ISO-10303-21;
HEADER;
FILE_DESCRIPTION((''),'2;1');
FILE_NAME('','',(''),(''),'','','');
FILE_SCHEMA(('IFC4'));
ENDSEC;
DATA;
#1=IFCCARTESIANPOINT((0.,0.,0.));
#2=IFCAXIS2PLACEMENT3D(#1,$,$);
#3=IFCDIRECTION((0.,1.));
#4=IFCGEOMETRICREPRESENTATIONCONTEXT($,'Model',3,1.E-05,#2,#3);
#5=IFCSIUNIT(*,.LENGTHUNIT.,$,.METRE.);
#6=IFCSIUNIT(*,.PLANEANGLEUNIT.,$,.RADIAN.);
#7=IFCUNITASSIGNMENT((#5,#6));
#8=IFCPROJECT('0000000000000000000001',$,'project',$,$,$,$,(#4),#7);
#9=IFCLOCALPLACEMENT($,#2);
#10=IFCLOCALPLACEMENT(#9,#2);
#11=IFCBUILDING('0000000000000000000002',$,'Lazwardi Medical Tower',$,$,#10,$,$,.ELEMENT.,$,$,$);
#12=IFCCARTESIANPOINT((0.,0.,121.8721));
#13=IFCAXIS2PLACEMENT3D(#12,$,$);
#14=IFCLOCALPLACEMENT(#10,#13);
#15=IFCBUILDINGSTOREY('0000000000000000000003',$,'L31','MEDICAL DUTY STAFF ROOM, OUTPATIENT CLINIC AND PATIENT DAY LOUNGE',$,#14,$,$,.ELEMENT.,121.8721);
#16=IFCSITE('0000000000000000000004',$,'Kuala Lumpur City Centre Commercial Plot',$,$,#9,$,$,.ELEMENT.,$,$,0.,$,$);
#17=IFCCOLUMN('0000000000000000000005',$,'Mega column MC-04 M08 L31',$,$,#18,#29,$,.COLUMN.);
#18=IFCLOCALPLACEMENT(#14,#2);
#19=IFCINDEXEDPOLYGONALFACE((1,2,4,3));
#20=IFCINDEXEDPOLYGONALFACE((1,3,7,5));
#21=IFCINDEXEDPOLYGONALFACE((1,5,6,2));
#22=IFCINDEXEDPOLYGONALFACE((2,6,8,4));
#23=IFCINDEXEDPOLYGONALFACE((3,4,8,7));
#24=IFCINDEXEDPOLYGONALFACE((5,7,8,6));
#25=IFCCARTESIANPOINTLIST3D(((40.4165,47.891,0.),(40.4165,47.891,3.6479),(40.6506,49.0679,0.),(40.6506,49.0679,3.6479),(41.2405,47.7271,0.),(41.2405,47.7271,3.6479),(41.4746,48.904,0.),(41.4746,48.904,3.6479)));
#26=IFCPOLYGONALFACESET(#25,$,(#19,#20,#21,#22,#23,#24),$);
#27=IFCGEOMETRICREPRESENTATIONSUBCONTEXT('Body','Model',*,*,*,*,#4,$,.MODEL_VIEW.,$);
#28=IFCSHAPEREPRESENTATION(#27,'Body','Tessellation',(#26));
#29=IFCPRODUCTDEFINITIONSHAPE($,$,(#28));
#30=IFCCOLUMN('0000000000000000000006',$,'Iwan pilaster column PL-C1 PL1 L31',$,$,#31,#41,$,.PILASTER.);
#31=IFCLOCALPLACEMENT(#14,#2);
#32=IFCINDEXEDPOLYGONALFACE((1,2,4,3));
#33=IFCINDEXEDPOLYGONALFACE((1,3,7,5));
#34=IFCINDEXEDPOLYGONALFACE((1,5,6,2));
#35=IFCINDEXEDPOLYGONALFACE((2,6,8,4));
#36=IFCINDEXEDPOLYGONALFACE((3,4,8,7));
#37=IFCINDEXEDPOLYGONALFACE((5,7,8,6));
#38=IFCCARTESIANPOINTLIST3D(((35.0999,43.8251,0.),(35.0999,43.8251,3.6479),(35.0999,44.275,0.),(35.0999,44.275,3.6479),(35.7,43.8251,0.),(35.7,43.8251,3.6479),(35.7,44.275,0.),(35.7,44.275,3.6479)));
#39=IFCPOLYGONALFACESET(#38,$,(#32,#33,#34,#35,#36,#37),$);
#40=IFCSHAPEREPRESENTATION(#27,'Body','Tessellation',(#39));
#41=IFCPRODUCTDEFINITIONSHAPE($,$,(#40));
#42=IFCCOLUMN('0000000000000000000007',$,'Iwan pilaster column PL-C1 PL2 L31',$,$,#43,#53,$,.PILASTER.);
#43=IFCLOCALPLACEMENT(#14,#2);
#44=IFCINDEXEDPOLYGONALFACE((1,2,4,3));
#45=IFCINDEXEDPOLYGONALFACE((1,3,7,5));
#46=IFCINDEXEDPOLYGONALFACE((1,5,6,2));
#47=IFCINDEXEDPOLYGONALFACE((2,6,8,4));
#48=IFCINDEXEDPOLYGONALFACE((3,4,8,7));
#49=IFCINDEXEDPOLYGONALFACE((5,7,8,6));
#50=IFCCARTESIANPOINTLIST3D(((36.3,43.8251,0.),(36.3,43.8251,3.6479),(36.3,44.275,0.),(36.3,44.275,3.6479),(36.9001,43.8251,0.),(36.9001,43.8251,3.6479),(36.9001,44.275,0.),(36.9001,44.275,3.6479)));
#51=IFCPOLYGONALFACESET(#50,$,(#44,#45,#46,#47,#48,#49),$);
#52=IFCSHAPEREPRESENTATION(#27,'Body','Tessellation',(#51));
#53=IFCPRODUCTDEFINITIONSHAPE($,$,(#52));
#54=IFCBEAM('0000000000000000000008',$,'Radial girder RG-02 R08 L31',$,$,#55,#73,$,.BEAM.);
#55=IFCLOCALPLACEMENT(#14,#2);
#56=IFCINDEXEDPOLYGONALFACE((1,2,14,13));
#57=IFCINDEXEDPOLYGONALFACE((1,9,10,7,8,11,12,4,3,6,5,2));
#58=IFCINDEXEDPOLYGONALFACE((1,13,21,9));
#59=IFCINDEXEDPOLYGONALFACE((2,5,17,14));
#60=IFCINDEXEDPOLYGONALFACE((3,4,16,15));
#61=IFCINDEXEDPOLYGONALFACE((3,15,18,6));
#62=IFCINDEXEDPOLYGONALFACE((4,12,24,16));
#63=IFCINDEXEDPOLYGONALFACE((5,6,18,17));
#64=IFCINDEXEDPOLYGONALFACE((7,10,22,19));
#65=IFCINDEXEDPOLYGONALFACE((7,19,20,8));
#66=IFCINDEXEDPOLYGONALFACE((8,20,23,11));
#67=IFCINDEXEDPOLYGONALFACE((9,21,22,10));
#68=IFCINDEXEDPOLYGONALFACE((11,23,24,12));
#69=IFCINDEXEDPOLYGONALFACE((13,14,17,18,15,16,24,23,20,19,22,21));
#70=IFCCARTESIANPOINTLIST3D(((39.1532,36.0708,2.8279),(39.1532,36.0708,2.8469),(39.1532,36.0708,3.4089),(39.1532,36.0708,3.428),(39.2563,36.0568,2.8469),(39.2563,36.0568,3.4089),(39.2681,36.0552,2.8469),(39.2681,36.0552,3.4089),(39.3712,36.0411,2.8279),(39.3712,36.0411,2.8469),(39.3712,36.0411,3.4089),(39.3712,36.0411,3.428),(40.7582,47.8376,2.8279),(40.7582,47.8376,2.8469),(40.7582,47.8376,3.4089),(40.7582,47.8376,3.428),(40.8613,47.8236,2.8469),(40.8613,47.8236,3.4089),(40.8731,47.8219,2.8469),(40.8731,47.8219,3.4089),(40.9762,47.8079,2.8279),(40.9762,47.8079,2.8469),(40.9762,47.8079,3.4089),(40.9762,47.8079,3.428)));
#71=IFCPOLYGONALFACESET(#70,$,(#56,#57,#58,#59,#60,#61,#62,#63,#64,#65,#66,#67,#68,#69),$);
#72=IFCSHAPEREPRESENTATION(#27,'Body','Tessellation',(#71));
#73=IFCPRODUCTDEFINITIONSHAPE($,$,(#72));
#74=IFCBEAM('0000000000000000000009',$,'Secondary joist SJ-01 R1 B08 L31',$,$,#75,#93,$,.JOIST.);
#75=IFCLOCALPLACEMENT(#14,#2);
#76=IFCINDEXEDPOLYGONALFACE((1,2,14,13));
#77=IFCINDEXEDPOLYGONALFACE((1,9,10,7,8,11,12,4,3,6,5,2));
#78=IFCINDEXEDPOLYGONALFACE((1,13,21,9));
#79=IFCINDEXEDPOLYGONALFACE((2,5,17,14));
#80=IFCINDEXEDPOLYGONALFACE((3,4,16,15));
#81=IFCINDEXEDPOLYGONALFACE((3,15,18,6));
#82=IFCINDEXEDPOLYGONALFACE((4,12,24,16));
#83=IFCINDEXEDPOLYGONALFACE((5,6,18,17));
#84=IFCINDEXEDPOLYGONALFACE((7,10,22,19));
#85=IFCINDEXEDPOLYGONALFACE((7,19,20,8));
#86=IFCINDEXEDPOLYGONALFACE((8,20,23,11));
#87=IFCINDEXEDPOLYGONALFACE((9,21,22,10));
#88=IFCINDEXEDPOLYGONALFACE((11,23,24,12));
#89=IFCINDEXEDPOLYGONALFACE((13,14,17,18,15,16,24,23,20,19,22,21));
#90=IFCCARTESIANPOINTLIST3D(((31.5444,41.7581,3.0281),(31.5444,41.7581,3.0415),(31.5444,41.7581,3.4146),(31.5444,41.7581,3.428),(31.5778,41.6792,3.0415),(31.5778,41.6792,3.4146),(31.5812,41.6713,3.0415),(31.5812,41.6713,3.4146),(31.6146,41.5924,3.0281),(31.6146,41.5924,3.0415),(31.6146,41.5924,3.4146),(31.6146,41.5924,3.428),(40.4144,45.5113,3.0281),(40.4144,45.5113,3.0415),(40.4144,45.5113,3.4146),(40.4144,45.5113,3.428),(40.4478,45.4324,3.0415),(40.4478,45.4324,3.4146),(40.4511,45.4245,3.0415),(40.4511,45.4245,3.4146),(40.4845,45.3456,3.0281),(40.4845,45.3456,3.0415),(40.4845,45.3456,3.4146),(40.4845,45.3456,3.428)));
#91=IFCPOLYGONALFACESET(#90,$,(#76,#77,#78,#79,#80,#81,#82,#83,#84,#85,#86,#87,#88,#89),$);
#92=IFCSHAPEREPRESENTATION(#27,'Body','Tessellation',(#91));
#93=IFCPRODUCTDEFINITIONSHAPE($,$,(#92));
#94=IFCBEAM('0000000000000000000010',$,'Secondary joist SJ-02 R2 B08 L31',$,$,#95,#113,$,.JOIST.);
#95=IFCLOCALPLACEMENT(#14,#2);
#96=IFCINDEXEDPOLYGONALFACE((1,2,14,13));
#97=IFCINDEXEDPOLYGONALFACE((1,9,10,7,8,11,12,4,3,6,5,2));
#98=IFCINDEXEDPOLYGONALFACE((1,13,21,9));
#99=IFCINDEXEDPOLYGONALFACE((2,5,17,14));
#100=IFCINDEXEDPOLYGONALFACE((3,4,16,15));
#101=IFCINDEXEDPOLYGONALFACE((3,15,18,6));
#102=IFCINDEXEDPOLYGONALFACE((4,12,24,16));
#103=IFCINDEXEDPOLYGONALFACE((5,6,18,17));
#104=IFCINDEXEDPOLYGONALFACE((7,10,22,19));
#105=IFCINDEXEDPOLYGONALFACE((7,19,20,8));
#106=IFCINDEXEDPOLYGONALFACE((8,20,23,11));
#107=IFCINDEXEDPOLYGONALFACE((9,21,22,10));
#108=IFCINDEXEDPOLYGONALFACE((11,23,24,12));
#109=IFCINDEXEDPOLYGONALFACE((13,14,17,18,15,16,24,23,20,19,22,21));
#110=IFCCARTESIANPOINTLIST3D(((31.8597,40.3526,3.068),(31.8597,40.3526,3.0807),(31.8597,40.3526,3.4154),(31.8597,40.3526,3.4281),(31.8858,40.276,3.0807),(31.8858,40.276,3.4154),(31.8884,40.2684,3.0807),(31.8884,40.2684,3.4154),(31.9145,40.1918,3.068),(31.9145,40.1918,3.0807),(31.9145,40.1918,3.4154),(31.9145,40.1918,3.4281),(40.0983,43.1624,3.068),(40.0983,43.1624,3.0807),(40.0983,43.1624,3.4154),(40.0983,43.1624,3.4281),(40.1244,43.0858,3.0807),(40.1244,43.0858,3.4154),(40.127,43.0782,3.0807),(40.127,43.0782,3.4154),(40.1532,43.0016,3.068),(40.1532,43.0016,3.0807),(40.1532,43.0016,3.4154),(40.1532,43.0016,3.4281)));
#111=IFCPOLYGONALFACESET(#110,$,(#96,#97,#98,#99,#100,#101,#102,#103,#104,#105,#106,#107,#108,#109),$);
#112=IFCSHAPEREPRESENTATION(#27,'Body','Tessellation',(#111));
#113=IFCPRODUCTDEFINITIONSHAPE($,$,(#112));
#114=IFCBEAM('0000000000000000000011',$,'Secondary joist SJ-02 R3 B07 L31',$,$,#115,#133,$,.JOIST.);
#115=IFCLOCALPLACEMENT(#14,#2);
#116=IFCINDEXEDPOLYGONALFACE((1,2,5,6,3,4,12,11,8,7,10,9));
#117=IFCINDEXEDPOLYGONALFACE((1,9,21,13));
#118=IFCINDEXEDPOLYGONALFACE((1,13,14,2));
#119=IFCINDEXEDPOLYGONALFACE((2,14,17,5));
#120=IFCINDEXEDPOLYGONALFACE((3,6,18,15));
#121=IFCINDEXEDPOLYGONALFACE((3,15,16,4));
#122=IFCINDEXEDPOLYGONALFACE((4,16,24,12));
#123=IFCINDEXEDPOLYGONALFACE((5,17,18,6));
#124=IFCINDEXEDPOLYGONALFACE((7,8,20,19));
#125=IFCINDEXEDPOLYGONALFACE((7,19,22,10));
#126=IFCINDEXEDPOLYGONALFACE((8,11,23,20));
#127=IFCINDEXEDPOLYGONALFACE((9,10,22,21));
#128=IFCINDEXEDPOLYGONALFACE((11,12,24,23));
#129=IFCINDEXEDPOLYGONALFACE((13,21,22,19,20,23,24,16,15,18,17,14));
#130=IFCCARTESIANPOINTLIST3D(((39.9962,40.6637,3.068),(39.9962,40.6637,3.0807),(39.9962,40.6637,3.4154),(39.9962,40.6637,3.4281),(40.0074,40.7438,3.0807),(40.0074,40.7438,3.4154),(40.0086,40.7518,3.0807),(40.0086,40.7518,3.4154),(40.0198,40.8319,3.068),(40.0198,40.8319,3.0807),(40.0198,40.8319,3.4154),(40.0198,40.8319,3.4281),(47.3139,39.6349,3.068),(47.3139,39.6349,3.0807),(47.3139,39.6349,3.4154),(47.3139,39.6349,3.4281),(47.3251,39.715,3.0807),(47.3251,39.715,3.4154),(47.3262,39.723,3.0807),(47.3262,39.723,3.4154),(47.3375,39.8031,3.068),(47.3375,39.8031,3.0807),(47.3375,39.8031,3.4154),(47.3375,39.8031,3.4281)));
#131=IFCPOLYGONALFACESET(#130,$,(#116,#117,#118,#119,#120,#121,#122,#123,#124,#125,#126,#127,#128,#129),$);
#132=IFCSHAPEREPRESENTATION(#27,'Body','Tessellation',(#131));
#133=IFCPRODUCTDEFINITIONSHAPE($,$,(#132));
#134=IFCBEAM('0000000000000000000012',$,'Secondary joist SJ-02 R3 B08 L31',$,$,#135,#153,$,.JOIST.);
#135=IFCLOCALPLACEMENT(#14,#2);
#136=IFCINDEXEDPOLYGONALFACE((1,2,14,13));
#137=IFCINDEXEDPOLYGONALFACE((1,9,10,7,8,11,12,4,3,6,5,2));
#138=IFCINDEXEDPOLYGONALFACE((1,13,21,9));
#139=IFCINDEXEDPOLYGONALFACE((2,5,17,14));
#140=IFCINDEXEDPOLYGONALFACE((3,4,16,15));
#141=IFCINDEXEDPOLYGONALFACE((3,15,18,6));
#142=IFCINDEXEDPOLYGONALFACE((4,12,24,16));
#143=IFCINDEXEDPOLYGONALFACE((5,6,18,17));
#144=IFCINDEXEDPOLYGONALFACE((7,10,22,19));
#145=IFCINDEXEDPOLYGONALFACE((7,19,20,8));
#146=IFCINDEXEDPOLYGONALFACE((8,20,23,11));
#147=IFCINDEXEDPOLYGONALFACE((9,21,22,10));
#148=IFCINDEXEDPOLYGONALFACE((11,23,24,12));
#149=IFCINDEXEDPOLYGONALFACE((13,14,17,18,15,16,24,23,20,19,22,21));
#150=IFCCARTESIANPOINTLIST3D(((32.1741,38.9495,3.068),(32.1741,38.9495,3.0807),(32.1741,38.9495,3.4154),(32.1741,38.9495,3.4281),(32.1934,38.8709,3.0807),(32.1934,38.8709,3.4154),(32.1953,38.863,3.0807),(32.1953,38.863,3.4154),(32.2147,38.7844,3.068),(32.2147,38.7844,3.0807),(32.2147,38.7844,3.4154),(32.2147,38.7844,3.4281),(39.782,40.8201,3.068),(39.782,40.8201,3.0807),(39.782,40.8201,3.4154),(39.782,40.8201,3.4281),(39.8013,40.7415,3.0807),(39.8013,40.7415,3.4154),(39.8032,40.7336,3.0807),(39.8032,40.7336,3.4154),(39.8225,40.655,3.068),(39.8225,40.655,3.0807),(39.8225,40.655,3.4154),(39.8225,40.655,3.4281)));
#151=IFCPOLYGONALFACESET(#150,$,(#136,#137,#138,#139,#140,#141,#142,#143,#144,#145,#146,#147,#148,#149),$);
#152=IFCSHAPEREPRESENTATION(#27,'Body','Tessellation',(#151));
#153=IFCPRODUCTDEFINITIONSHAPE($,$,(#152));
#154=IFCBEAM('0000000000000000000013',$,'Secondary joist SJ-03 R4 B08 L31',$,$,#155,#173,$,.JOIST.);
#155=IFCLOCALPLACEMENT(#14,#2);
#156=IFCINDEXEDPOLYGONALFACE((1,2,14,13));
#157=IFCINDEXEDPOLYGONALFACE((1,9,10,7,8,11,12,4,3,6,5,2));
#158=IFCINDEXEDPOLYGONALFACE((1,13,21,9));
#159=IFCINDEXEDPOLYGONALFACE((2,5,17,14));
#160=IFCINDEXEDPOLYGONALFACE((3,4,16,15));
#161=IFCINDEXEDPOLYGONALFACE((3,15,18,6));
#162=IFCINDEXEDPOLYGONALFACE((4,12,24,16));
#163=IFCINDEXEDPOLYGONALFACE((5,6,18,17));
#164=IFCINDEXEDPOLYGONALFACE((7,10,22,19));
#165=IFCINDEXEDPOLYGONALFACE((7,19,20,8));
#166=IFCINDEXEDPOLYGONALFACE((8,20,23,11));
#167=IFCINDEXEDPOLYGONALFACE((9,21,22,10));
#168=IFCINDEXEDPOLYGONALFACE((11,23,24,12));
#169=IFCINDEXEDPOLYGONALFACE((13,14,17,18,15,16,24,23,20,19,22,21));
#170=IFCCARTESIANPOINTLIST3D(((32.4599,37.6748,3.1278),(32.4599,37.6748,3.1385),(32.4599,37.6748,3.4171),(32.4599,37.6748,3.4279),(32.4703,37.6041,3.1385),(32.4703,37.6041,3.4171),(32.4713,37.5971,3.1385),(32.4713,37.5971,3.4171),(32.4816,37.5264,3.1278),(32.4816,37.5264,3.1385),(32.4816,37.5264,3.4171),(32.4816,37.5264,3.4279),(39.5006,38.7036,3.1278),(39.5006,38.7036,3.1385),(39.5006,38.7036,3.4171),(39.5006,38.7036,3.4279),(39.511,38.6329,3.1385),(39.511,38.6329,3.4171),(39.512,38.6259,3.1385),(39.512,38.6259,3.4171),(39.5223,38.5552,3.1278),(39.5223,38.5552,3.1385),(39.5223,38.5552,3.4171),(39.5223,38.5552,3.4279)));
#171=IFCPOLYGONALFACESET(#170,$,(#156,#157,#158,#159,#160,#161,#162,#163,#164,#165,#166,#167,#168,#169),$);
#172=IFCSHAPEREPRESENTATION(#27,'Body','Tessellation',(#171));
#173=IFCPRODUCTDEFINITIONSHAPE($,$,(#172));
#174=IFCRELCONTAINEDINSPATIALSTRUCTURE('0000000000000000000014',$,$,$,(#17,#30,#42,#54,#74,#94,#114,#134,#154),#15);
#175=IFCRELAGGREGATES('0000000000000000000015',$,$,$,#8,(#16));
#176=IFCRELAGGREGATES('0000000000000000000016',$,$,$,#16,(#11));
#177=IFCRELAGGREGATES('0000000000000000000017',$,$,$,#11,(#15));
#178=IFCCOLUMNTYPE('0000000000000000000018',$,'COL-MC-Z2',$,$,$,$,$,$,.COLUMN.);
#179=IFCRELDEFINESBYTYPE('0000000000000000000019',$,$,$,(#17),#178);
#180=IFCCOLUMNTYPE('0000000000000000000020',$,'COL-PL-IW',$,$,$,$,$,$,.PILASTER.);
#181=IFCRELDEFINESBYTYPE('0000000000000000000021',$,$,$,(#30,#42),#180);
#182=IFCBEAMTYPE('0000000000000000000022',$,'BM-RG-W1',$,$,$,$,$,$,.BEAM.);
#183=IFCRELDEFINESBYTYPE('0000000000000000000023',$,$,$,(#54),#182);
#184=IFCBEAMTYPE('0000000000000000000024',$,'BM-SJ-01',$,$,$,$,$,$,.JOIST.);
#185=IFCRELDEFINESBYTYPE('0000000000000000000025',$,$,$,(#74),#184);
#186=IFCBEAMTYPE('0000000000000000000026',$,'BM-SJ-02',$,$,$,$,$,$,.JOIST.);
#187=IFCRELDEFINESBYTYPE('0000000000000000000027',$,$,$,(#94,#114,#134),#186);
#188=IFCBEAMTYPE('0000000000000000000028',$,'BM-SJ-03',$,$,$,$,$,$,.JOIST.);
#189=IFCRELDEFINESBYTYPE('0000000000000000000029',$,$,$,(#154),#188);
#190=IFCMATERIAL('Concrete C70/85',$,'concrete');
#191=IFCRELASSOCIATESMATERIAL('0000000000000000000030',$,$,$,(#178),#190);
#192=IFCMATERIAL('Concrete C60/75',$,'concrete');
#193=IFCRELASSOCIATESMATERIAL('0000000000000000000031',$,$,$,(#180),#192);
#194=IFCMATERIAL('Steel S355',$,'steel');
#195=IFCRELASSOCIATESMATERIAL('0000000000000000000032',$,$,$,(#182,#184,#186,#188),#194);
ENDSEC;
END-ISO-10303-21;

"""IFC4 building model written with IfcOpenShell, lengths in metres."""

from ifc_helpers import new_model, si_unit, direction, frame, origin, origin_2d, place, context, subcontext, project, spatial, rectangle, i_section, extrude, material, material_profile, profile_set, type_object, element, save


model = new_model("IFC4")

# Units and contexts
model_context = context("Model", 3, precision=1e-05, world=origin(), true_north=direction((0.0, 1.0)))
body_context = subcontext(model_context, "Body", "Model", "MODEL_VIEW")
ifc_project = project(units=[si_unit("LENGTHUNIT", "METRE"), si_unit("PLANEANGLEUNIT", "RADIAN")], contexts=[model_context])

# Site, building, storey
site_placement = place(None, origin())
site = spatial("IfcSite", under=ifc_project, at=site_placement, Name="Kuala Lumpur City Centre Commercial Plot", CompositionType="ELEMENT", RefElevation=0.0)
building_placement = place(site_placement, origin())
building = spatial("IfcBuilding", under=site, at=building_placement, Name="Lazwardi Medical Tower", CompositionType="ELEMENT")
storey_placement = place(building_placement, frame((0.0, 0.0, 121.8721)))
storey = spatial("IfcBuildingStorey", under=building, at=storey_placement, Name="L31", Description="MEDICAL DUTY STAFF ROOM, OUTPATIENT CLINIC AND PATIENT DAY LOUNGE", CompositionType="ELEMENT", Elevation=121.8721)

# Columns
ifc_material_1 = material(Name="Concrete C70/85", Category="concrete")
ifc_material_profile_1 = material_profile(ifc_material_1, rectangle(XDim=1.2, YDim=0.8401, at=origin_2d()), Name="CFT-RECT 1200x840")
ifc_profile_set_1 = profile_set([ifc_material_profile_1], Name="Concrete C70/85")
column_type_1 = type_object("IfcColumnType", Name="COL-MC-Z2", PredefinedType="COLUMN", material=ifc_profile_set_1)
column_placement = place(storey_placement, frame((40.9456, 48.3975, 0.0), z_axis=(0.0, 0.0, 1.0), x_axis=(0.19509, 0.980785, 0.0)))
element("IfcColumn", 1, at=column_placement, inside=storey, type_object=column_type_1, Name="Mega column MC-04 M08 L31", PredefinedType="COLUMN", context=body_context, shape_type="SweptSolid", body=[
    extrude(rectangle(XDim=1.2, YDim=0.8401, at=origin_2d()), origin(), (0.0, 0.0, 1.0), 3.6479),
])
ifc_material_2 = material(Name="Concrete C60/75", Category="concrete")
ifc_material_profile_2 = material_profile(ifc_material_2, rectangle(XDim=0.6001, YDim=0.45, at=origin_2d()), Name="RC 600x450")
ifc_profile_set_2 = profile_set([ifc_material_profile_2], Name="Concrete C60/75")
column_type_2 = type_object("IfcColumnType", Name="COL-PL-IW", PredefinedType="PILASTER", material=ifc_profile_set_2)
for number, where, z_axis, x_axis, name in (
    (2, (35.3999, 44.05, 0.0), (0.0, 0.0, 1.0), (1.0, 0.0, 0.0), "Iwan pilaster column PL-C1 PL1 L31"),
    (3, (36.6001, 44.05, 0.0), (0.0, 0.0, 1.0), (1.0, 0.0, 0.0), "Iwan pilaster column PL-C1 PL2 L31"),
):
    element("IfcColumn", number, at=place(storey_placement, frame(where, z_axis=z_axis, x_axis=x_axis)), inside=storey, type_object=column_type_2, Name=name, PredefinedType="PILASTER", context=body_context, shape_type="SweptSolid", body=[
        extrude(rectangle(XDim=0.6001, YDim=0.45, at=origin_2d()), origin(), (0.0, 0.0, 1.0), 3.6479),
    ])

# Beams
ifc_material_3 = material(Name="Steel S355", Category="steel")
ifc_material_profile_3 = material_profile(ifc_material_3, i_section(OverallWidth=0.22, OverallDepth=0.6001, WebThickness=0.012, FlangeThickness=0.019, at=origin_2d()), Name="IPE 600")
ifc_profile_set_3 = profile_set([ifc_material_profile_3], Name="Steel S355")
beam_type_1 = type_object("IfcBeamType", Name="BM-RG-W1", PredefinedType="BEAM", material=ifc_profile_set_3)
beam_1_placement = place(storey_placement, frame((40.8672, 47.8228, 3.1279), z_axis=(-0.135147, -0.990826, 0.0), x_axis=(0.990826, -0.135147, 0.0)))
element("IfcBeam", 4, at=beam_1_placement, inside=storey, type_object=beam_type_1, Name="Radial girder RG-02 R08 L31", PredefinedType="BEAM", context=body_context, shape_type="SweptSolid", body=[
    extrude(i_section(OverallWidth=0.22, OverallDepth=0.6001, WebThickness=0.012, FlangeThickness=0.019, at=origin_2d()), origin(), (0.0, 0.0, 1.0), 11.8757),
])
ifc_material_profile_4 = material_profile(ifc_material_3, i_section(OverallWidth=0.1799, OverallDepth=0.3999, WebThickness=0.0085, FlangeThickness=0.0134, at=origin_2d()), Name="IPE 400")
ifc_profile_set_4 = profile_set([ifc_material_profile_4], Name="Steel S355")
beam_type_2 = type_object("IfcBeamType", Name="BM-SJ-01", PredefinedType="JOIST", material=ifc_profile_set_4)
beam_2_placement = place(storey_placement, frame((40.4495, 45.4285, 3.228), z_axis=(-0.920947, -0.389687, 0.0), x_axis=(0.389687, -0.920947, 0.0)))
element("IfcBeam", 5, at=beam_2_placement, inside=storey, type_object=beam_type_2, Name="Secondary joist SJ-01 R1 B08 L31", PredefinedType="JOIST", context=body_context, shape_type="SweptSolid", body=[
    extrude(i_section(OverallWidth=0.1799, OverallDepth=0.3999, WebThickness=0.0085, FlangeThickness=0.0134, at=origin_2d()), origin(), (0.0, 0.0, 1.0), 9.6313),
])
ifc_material_profile_5 = material_profile(ifc_material_3, i_section(OverallWidth=0.1699, OverallDepth=0.3601, WebThickness=0.0081, FlangeThickness=0.0127, at=origin_2d()), Name="IPE 360")
ifc_profile_set_5 = profile_set([ifc_material_profile_5], Name="Steel S355")
beam_type_3 = type_object("IfcBeamType", Name="BM-SJ-02", PredefinedType="JOIST", material=ifc_profile_set_5)
beam_3_placement = place(storey_placement, frame((40.1257, 43.082, 3.248), z_axis=(-0.946467, -0.3228, 0.0), x_axis=(0.3228, -0.946467, 0.0)))
element("IfcBeam", 6, at=beam_3_placement, inside=storey, type_object=beam_type_3, Name="Secondary joist SJ-02 R2 B08 L31", PredefinedType="JOIST", context=body_context, shape_type="SweptSolid", body=[
    extrude(i_section(OverallWidth=0.1699, OverallDepth=0.3601, WebThickness=0.0081, FlangeThickness=0.0127, at=origin_2d()), origin(), (0.0, 0.0, 1.0), 8.7046),
])
beam_4_placement = place(storey_placement, frame((47.3257, 39.719, 3.248), z_axis=(-0.990261, 0.139224, 0.0), x_axis=(-0.139224, -0.990261, 0.0)))
element("IfcBeam", 7, at=beam_4_placement, inside=storey, type_object=beam_type_3, Name="Secondary joist SJ-02 R3 B07 L31", PredefinedType="JOIST", context=body_context, shape_type="SweptSolid", body=[
    extrude(i_section(OverallWidth=0.1699, OverallDepth=0.3601, WebThickness=0.0081, FlangeThickness=0.0127, at=origin_2d()), origin(), (0.0, 0.0, 1.0), 7.3896),
])
beam_5_placement = place(storey_placement, frame((39.8022, 40.7375, 3.248), z_axis=(-0.971077, -0.238765, 0.0), x_axis=(0.238765, -0.971077, 0.0)))
element("IfcBeam", 8, at=beam_5_placement, inside=storey, type_object=beam_type_3, Name="Secondary joist SJ-02 R3 B08 L31", PredefinedType="JOIST", context=body_context, shape_type="SweptSolid", body=[
    extrude(i_section(OverallWidth=0.1699, OverallDepth=0.3601, WebThickness=0.0081, FlangeThickness=0.0127, at=origin_2d()), origin(), (0.0, 0.0, 1.0), 7.8345),
])
ifc_material_profile_6 = material_profile(ifc_material_3, i_section(OverallWidth=0.1499, OverallDepth=0.3, WebThickness=0.0071, FlangeThickness=0.0107, at=origin_2d()), Name="IPE 300")
ifc_profile_set_6 = profile_set([ifc_material_profile_6], Name="Steel S355")
beam_type_4 = type_object("IfcBeamType", Name="BM-SJ-03", PredefinedType="JOIST", material=ifc_profile_set_6)
beam_6_placement = place(storey_placement, frame((39.5115, 38.6294, 3.2778), z_axis=(-0.989492, -0.144586, 0.0), x_axis=(0.144586, -0.989492, 0.0)))
element("IfcBeam", 9, at=beam_6_placement, inside=storey, type_object=beam_type_4, Name="Secondary joist SJ-03 R4 B08 L31", PredefinedType="JOIST", context=body_context, shape_type="SweptSolid", body=[
    extrude(i_section(OverallWidth=0.1499, OverallDepth=0.3, WebThickness=0.0071, FlangeThickness=0.0107, at=origin_2d()), origin(), (0.0, 0.0, 1.0), 7.1155),
])

save(model, "model.ifc")
